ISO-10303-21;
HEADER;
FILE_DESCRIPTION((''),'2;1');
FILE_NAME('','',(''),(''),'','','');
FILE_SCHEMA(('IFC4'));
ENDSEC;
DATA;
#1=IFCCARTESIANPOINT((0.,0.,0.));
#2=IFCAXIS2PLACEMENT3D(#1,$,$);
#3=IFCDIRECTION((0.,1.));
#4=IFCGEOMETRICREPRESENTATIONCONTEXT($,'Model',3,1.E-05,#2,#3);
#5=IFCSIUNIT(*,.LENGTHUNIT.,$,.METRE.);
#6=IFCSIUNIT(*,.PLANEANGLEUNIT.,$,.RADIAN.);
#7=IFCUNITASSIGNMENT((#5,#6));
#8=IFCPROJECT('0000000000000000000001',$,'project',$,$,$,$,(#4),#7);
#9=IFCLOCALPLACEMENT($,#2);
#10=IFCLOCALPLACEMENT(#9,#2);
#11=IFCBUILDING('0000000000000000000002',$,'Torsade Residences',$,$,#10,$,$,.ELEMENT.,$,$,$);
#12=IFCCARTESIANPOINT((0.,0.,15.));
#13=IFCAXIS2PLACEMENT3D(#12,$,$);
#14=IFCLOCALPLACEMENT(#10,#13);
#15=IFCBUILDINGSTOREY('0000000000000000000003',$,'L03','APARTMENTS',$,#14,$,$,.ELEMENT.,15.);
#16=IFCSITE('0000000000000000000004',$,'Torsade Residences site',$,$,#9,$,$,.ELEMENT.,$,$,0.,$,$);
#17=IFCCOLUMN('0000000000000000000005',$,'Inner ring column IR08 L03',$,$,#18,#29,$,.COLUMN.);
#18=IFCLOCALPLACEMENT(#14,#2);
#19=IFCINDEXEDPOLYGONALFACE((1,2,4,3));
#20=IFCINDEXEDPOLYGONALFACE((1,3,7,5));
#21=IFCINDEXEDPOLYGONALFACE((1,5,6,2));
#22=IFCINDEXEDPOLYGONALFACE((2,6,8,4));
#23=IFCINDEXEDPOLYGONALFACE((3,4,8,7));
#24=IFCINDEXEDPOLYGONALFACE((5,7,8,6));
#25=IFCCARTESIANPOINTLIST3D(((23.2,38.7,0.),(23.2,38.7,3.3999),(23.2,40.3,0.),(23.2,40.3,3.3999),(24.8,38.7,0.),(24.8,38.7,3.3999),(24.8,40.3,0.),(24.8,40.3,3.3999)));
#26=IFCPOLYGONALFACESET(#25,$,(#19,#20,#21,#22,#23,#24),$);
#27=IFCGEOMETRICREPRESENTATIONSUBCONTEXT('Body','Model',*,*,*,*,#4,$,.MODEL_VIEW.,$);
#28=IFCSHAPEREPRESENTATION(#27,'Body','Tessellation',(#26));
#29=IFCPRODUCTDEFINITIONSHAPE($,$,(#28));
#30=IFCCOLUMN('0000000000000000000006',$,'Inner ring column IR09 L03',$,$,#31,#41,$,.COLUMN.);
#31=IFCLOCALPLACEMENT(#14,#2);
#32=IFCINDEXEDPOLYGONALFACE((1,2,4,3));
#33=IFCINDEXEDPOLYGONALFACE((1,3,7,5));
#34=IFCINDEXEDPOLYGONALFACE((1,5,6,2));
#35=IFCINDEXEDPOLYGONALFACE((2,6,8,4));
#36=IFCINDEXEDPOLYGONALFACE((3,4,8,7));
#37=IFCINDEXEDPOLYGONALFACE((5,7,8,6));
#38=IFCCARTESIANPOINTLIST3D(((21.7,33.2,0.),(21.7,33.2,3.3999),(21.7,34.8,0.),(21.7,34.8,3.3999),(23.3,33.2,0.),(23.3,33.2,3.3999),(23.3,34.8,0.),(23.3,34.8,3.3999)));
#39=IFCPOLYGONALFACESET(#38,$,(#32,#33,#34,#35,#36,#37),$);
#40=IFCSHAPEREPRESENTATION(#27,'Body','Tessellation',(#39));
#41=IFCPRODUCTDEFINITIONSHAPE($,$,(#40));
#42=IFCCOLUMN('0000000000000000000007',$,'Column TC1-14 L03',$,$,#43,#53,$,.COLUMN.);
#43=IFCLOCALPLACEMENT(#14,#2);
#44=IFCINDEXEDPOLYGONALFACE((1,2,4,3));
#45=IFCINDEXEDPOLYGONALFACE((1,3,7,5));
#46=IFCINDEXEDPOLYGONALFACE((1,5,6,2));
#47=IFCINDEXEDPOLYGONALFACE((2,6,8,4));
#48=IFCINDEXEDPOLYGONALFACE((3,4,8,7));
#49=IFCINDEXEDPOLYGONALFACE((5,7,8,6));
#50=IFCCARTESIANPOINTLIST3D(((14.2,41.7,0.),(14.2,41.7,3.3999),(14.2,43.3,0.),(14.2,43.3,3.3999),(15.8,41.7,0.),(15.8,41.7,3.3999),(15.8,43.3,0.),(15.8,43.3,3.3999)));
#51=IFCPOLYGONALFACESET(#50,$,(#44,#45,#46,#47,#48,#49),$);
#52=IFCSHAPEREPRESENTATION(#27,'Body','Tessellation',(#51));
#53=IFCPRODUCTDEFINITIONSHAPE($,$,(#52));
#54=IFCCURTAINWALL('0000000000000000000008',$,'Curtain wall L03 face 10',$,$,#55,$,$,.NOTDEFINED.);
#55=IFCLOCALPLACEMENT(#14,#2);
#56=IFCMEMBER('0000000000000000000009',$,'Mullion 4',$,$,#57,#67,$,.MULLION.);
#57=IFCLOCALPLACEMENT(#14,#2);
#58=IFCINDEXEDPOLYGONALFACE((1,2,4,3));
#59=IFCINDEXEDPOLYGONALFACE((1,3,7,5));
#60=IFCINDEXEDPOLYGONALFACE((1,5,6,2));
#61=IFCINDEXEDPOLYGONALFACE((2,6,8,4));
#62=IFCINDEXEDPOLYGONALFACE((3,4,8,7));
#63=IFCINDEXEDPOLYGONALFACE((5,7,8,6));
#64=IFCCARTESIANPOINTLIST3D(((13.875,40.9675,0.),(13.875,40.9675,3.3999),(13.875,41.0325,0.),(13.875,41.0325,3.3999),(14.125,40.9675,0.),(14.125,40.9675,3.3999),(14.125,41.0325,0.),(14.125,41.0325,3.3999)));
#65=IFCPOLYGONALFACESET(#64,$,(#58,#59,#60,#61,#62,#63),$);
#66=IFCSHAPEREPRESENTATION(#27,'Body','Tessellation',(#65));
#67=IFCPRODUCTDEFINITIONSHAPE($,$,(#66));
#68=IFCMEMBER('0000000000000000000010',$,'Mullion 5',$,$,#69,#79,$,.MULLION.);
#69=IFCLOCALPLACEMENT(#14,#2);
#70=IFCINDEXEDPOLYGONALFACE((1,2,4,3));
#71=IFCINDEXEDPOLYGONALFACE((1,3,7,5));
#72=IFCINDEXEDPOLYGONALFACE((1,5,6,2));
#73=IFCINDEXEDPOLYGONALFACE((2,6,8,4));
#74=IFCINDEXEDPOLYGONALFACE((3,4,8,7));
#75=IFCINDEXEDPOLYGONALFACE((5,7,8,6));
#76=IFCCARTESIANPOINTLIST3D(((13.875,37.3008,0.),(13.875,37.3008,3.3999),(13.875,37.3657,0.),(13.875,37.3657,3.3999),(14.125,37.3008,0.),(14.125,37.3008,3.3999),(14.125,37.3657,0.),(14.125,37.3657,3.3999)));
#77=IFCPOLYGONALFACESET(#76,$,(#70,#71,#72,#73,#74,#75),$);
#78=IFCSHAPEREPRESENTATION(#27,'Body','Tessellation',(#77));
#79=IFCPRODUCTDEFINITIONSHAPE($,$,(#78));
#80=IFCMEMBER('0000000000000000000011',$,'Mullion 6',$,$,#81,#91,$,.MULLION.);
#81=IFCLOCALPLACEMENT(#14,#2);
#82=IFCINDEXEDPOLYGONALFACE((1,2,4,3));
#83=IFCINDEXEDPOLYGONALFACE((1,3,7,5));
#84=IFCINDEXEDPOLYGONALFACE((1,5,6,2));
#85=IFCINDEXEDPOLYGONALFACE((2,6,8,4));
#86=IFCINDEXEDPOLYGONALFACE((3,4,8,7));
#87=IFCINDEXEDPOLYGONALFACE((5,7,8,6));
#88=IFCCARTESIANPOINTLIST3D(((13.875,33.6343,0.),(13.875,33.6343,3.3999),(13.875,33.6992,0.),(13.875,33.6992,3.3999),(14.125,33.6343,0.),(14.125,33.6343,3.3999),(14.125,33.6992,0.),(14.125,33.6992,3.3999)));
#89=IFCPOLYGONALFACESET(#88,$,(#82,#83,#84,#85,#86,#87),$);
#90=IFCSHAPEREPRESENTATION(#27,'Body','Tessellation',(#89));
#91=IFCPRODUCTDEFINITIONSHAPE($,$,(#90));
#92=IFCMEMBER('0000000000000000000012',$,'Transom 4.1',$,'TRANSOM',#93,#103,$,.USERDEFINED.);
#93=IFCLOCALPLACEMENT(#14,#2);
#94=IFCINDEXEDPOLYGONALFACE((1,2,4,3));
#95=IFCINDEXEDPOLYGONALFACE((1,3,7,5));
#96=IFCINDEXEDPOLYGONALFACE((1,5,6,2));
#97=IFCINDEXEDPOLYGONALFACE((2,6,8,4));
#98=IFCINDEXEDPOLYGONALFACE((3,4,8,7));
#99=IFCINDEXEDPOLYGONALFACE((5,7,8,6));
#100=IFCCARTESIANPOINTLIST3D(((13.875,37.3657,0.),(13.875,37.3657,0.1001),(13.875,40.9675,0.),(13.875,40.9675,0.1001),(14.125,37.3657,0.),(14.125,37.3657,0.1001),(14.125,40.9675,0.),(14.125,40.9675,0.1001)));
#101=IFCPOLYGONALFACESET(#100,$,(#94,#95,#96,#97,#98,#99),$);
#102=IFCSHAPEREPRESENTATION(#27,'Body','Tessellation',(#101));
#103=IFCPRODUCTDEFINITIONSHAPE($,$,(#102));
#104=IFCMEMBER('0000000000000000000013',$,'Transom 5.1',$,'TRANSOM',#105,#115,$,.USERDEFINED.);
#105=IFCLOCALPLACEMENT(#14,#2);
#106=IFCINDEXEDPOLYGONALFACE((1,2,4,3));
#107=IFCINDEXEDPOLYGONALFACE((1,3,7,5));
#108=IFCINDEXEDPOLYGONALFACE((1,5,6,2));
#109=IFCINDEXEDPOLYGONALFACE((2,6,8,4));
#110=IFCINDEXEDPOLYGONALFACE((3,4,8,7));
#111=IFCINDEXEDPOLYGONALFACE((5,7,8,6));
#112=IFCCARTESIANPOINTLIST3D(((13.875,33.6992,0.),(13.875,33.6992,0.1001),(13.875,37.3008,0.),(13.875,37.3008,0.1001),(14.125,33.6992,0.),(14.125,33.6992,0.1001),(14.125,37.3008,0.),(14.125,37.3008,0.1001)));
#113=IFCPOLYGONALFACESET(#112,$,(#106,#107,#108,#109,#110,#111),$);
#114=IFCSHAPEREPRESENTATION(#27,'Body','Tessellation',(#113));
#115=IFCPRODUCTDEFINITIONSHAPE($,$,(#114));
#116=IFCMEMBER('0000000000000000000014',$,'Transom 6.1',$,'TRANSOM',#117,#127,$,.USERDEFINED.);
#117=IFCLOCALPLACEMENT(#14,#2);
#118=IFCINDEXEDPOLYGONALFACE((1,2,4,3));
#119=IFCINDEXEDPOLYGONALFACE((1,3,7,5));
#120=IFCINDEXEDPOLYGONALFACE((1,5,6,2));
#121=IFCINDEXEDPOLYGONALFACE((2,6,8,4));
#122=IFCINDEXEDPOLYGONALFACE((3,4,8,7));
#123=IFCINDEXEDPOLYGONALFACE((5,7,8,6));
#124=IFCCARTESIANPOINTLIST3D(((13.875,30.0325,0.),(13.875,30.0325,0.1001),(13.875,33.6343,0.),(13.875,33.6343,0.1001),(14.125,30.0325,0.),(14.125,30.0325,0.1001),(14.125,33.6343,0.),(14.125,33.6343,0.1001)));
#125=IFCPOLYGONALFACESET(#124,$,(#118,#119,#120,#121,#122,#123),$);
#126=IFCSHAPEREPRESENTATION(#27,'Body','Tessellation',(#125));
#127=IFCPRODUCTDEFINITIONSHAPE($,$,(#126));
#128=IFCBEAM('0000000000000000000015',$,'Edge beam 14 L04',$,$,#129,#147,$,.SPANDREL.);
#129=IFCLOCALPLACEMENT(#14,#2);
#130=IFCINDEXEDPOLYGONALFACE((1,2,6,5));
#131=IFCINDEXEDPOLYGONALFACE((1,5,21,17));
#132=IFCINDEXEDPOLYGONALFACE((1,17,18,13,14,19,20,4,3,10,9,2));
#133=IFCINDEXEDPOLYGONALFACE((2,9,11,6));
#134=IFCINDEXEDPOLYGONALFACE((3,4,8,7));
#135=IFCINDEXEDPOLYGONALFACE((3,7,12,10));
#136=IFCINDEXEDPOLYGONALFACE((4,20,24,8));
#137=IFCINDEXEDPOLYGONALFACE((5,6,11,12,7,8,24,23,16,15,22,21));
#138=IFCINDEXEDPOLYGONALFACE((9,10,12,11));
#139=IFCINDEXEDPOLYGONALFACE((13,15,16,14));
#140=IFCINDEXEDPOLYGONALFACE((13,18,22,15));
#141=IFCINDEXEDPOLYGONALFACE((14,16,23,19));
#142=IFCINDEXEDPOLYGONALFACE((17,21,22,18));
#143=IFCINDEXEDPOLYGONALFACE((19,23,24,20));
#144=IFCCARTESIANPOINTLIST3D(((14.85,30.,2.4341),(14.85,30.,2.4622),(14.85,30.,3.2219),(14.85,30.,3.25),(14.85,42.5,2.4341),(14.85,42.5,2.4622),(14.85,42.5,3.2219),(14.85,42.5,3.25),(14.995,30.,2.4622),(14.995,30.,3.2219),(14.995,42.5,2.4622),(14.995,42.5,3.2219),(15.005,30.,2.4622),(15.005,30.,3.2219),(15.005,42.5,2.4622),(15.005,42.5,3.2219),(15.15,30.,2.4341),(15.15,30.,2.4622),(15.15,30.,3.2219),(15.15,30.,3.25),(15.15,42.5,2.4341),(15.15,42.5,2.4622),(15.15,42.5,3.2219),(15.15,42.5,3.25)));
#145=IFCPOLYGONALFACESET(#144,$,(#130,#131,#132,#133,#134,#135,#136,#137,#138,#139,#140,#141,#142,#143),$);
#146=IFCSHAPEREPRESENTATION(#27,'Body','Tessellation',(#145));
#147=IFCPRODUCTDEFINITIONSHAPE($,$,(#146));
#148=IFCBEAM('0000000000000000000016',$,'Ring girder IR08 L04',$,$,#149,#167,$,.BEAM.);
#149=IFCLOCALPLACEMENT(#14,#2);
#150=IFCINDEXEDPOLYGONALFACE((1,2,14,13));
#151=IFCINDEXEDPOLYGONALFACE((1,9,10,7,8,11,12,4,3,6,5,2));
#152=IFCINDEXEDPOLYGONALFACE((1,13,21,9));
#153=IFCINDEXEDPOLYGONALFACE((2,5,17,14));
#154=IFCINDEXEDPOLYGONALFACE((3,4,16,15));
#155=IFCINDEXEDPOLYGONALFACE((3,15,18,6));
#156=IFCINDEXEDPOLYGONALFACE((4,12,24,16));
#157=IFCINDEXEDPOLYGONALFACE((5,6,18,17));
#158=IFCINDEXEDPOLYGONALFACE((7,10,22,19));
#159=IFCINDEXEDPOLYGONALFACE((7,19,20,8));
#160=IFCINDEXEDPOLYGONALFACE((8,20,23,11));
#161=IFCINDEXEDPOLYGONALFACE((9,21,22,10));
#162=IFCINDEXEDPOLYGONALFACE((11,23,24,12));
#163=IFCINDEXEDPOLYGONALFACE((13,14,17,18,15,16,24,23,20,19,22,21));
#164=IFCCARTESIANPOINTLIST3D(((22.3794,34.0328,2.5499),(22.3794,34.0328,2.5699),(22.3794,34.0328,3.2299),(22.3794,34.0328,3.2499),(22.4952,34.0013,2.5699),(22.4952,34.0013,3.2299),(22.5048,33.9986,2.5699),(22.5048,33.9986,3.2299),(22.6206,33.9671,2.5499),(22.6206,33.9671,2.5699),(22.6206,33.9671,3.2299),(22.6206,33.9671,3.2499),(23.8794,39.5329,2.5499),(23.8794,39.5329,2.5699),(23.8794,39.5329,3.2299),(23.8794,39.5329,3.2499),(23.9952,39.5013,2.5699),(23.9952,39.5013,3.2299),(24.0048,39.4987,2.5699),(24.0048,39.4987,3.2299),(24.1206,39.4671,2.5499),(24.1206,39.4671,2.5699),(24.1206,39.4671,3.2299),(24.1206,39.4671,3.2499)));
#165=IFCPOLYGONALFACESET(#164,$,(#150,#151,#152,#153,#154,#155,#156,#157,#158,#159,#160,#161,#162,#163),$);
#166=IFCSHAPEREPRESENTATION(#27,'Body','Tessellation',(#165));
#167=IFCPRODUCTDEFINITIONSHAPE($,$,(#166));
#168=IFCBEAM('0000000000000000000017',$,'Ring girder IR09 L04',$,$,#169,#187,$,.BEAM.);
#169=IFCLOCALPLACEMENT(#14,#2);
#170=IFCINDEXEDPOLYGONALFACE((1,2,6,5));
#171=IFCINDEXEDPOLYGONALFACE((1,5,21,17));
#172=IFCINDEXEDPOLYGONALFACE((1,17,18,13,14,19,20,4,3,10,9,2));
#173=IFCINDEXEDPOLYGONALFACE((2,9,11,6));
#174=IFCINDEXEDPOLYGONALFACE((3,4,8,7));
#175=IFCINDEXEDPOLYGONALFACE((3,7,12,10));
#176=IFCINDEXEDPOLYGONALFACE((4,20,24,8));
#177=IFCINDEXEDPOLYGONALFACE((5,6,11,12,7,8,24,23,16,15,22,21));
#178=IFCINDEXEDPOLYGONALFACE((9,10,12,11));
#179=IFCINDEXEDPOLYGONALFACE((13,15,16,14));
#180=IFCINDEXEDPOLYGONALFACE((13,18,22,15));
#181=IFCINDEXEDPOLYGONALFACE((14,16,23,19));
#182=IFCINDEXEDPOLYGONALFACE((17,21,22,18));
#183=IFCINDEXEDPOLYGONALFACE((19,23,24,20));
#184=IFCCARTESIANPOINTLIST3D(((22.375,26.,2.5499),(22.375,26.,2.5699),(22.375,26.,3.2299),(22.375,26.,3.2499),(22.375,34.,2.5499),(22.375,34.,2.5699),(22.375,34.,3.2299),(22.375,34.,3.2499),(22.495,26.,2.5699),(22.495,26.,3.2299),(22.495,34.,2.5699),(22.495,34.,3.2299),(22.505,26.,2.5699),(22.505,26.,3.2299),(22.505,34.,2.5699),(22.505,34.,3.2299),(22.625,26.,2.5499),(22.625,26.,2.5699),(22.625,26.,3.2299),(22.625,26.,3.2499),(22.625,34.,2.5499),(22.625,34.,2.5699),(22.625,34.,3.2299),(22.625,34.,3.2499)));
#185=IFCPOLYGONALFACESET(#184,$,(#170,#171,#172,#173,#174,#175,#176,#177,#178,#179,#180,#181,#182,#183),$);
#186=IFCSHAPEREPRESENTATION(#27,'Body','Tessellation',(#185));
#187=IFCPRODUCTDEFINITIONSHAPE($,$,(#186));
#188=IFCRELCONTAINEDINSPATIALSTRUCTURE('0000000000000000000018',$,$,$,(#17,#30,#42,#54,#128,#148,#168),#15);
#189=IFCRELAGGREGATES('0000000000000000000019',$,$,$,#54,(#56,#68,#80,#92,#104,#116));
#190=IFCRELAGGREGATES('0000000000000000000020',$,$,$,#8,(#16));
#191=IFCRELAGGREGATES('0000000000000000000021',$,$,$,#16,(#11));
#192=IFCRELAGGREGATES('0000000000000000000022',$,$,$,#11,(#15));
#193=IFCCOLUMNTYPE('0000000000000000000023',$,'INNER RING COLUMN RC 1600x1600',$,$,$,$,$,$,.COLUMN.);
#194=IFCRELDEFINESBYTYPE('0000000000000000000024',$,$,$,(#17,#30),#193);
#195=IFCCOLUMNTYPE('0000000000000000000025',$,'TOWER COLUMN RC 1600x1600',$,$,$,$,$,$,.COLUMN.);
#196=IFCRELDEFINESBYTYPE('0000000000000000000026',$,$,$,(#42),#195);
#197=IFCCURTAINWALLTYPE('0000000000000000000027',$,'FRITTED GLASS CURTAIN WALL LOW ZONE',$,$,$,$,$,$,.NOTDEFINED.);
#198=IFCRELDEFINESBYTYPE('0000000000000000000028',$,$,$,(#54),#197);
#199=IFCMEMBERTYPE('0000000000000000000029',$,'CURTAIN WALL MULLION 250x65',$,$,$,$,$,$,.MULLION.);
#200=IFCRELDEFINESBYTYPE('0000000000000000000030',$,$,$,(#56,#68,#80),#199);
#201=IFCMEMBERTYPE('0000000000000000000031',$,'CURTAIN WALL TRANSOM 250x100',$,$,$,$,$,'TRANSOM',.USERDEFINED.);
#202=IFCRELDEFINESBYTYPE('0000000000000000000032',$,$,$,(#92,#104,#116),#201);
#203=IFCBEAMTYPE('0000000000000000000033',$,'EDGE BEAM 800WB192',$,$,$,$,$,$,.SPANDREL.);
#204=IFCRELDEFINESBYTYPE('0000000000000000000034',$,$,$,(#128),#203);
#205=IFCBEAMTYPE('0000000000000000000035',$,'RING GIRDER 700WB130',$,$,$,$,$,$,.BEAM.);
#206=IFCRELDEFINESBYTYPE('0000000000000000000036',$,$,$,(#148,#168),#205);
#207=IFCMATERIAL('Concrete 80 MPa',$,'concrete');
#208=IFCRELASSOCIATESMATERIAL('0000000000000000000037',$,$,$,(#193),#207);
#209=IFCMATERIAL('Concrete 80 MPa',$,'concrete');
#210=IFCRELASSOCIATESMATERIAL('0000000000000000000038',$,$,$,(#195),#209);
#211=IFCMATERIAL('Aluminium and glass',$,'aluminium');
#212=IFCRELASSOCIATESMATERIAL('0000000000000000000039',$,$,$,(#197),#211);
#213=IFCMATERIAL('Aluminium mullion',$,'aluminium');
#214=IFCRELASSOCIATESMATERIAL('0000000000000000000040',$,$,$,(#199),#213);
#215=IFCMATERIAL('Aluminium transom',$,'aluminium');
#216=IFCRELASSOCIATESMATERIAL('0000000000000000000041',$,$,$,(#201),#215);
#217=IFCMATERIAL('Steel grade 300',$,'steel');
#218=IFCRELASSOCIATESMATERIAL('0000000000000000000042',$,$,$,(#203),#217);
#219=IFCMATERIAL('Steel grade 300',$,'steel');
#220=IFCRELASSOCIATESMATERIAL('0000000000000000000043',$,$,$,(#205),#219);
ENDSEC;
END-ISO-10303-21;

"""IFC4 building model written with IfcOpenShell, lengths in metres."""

from ifc_helpers import new_model, si_unit, direction, frame, origin, origin_2d, place, context, subcontext, project, spatial, rectangle, i_section, extrude, material, material_profile, profile_set, type_object, element, aggregate, save


model = new_model("IFC4")

# Units and contexts
model_context = context("Model", 3, precision=1e-05, world=origin(), true_north=direction((0.0, 1.0)))
body_context = subcontext(model_context, "Body", "Model", "MODEL_VIEW")
ifc_project = project(units=[si_unit("LENGTHUNIT", "METRE"), si_unit("PLANEANGLEUNIT", "RADIAN")], contexts=[model_context])

# Site, building, storey
site_placement = place(None, origin())
site = spatial("IfcSite", under=ifc_project, at=site_placement, Name="Torsade Residences site", CompositionType="ELEMENT", RefElevation=0.0)
building_placement = place(site_placement, origin())
building = spatial("IfcBuilding", under=site, at=building_placement, Name="Torsade Residences", CompositionType="ELEMENT")
storey_placement = place(building_placement, frame((0.0, 0.0, 15.0)))
storey = spatial("IfcBuildingStorey", under=building, at=storey_placement, Name="L03", Description="APARTMENTS", CompositionType="ELEMENT", Elevation=15.0)

# Columns
ifc_material_1 = material(Name="Concrete 80 MPa", Category="concrete")
ifc_material_profile_1 = material_profile(ifc_material_1, rectangle(XDim=1.6001, YDim=1.6001, at=origin_2d()), Name="RC 1600x1600")
ifc_profile_set_1 = profile_set([ifc_material_profile_1], Name="Concrete 80 MPa")
column_type_1 = type_object("IfcColumnType", Name="INNER RING COLUMN RC 1600x1600", PredefinedType="COLUMN", material=ifc_profile_set_1)
for number, where, z_axis, x_axis, name in (
    (1, (24.0, 39.5, 0.0), (0.0, 0.0, 1.0), (1.0, 0.0, 0.0), "Inner ring column IR08 L03"),
    (2, (22.5, 34.0, 0.0), (0.0, 0.0, 1.0), (1.0, 0.0, 0.0), "Inner ring column IR09 L03"),
):
    element("IfcColumn", number, at=place(storey_placement, frame(where, z_axis=z_axis, x_axis=x_axis)), inside=storey, type_object=column_type_1, Name=name, PredefinedType="COLUMN", context=body_context, shape_type="SweptSolid", body=[
        extrude(rectangle(XDim=1.6001, YDim=1.6001, at=origin_2d()), origin(), (0.0, 0.0, 1.0), 3.3999),
    ])
ifc_material_2 = material(Name="Concrete 80 MPa", Category="concrete")
ifc_material_profile_2 = material_profile(ifc_material_2, rectangle(XDim=1.6001, YDim=1.6001, at=origin_2d()), Name="RC 1600x1600")
ifc_profile_set_2 = profile_set([ifc_material_profile_2], Name="Concrete 80 MPa")
column_type_2 = type_object("IfcColumnType", Name="TOWER COLUMN RC 1600x1600", PredefinedType="COLUMN", material=ifc_profile_set_2)
column_placement = place(storey_placement, frame((15.0, 42.5, 0.0), z_axis=(0.0, 0.0, 1.0), x_axis=(1.0, 0.0, 0.0)))
element("IfcColumn", 3, at=column_placement, inside=storey, type_object=column_type_2, Name="Column TC1-14 L03", PredefinedType="COLUMN", context=body_context, shape_type="SweptSolid", body=[
    extrude(rectangle(XDim=1.6001, YDim=1.6001, at=origin_2d()), origin(), (0.0, 0.0, 1.0), 3.3999),
])

# Curtain wall, members
ifc_material_3 = material(Name="Aluminium and glass", Category="aluminium")
curtain_wall_type = type_object("IfcCurtainWallType", Name="FRITTED GLASS CURTAIN WALL LOW ZONE", PredefinedType="NOTDEFINED", material=ifc_material_3)
curtain_wall_placement = place(storey_placement, origin())
curtain_wall = element("IfcCurtainWall", 4, at=curtain_wall_placement, inside=storey, type_object=curtain_wall_type, Name="Curtain wall L03 face 10", PredefinedType="NOTDEFINED")
ifc_material_4 = material(Name="Aluminium mullion", Category="aluminium")
ifc_material_profile_3 = material_profile(ifc_material_4, rectangle(XDim=0.25, YDim=0.0649, at=origin_2d()), Name="CURTAIN WALL MULLION 250x65")
ifc_profile_set_3 = profile_set([ifc_material_profile_3], Name="Aluminium mullion")
member_type_1 = type_object("IfcMemberType", Name="CURTAIN WALL MULLION 250x65", PredefinedType="MULLION", material=ifc_profile_set_3)
member_1_placement = place(storey_placement, frame((14.0, 41.0, 0.0), z_axis=(0.0, 0.0, 1.0), x_axis=(1.0, 0.0, 0.0)))
member_1 = element("IfcMember", 5, at=member_1_placement, type_object=member_type_1, Name="Mullion 4", PredefinedType="MULLION", context=body_context, shape_type="SweptSolid", body=[
    extrude(rectangle(XDim=0.25, YDim=0.0649, at=origin_2d()), origin(), (0.0, 0.0, 1.0), 3.3999),
])
member_2_placement = place(storey_placement, frame((14.0, 37.3333, 0.0), z_axis=(0.0, 0.0, 1.0), x_axis=(1.0, 0.0, 0.0)))
member_2 = element("IfcMember", 6, at=member_2_placement, type_object=member_type_1, Name="Mullion 5", PredefinedType="MULLION", context=body_context, shape_type="SweptSolid", body=[
    extrude(rectangle(XDim=0.25, YDim=0.0649, at=origin_2d()), origin(), (0.0, 0.0, 1.0), 3.3999),
])
member_3_placement = place(storey_placement, frame((14.0, 33.6667, 0.0), z_axis=(0.0, 0.0, 1.0), x_axis=(1.0, 0.0, 0.0)))
member_3 = element("IfcMember", 7, at=member_3_placement, type_object=member_type_1, Name="Mullion 6", PredefinedType="MULLION", context=body_context, shape_type="SweptSolid", body=[
    extrude(rectangle(XDim=0.25, YDim=0.0649, at=origin_2d()), origin(), (0.0, 0.0, 1.0), 3.3999),
])
ifc_material_5 = material(Name="Aluminium transom", Category="aluminium")
ifc_material_profile_4 = material_profile(ifc_material_5, rectangle(XDim=0.25, YDim=0.1001, at=origin_2d()), Name="CURTAIN WALL TRANSOM 250x100")
ifc_profile_set_4 = profile_set([ifc_material_profile_4], Name="Aluminium transom")
member_type_2 = type_object("IfcMemberType", Name="CURTAIN WALL TRANSOM 250x100", ElementType="TRANSOM", PredefinedType="USERDEFINED", material=ifc_profile_set_4)
member_4_placement = place(storey_placement, frame((14.0, 40.9675, 0.05), z_axis=(0.0, -1.0, 0.0), x_axis=(1.0, 0.0, 0.0)))
member_4 = element("IfcMember", 8, at=member_4_placement, type_object=member_type_2, Name="Transom 4.1", ObjectType="TRANSOM", PredefinedType="USERDEFINED", context=body_context, shape_type="SweptSolid", body=[
    extrude(rectangle(XDim=0.25, YDim=0.1001, at=origin_2d()), origin(), (0.0, 0.0, 1.0), 3.6018),
])
member_5_placement = place(storey_placement, frame((14.0, 37.3008, 0.05), z_axis=(0.0, -1.0, 0.0), x_axis=(1.0, 0.0, 0.0)))
member_5 = element("IfcMember", 9, at=member_5_placement, type_object=member_type_2, Name="Transom 5.1", ObjectType="TRANSOM", PredefinedType="USERDEFINED", context=body_context, shape_type="SweptSolid", body=[
    extrude(rectangle(XDim=0.25, YDim=0.1001, at=origin_2d()), origin(), (0.0, 0.0, 1.0), 3.6016),
])
member_6_placement = place(storey_placement, frame((14.0, 33.6343, 0.05), z_axis=(0.0, -1.0, 0.0), x_axis=(1.0, 0.0, 0.0)))
member_6 = element("IfcMember", 10, at=member_6_placement, type_object=member_type_2, Name="Transom 6.1", ObjectType="TRANSOM", PredefinedType="USERDEFINED", context=body_context, shape_type="SweptSolid", body=[
    extrude(rectangle(XDim=0.25, YDim=0.1001, at=origin_2d()), origin(), (0.0, 0.0, 1.0), 3.6018),
])

# Beams
ifc_material_6 = material(Name="Steel grade 300", Category="steel")
ifc_material_profile_5 = material_profile(ifc_material_6, i_section(OverallWidth=0.3, OverallDepth=0.8159, WebThickness=0.01, FlangeThickness=0.0281, at=origin_2d()), Name="800WB192")
ifc_profile_set_5 = profile_set([ifc_material_profile_5], Name="Steel grade 300")
beam_type_1 = type_object("IfcBeamType", Name="EDGE BEAM 800WB192", PredefinedType="SPANDREL", material=ifc_profile_set_5)
beam_1_placement = place(storey_placement, frame((15.0, 42.5, 2.842), z_axis=(0.0, -1.0, 0.0), x_axis=(1.0, 0.0, 0.0)))
element("IfcBeam", 11, at=beam_1_placement, inside=storey, type_object=beam_type_1, Name="Edge beam 14 L04", PredefinedType="SPANDREL", context=body_context, shape_type="SweptSolid", body=[
    extrude(i_section(OverallWidth=0.3, OverallDepth=0.8159, WebThickness=0.01, FlangeThickness=0.0281, at=origin_2d()), origin(), (0.0, 0.0, 1.0), 12.5),
])
ifc_material_7 = material(Name="Steel grade 300", Category="steel")
ifc_material_profile_6 = material_profile(ifc_material_7, i_section(OverallWidth=0.25, OverallDepth=0.7, WebThickness=0.01, FlangeThickness=0.02, at=origin_2d()), Name="700WB130")
ifc_profile_set_6 = profile_set([ifc_material_profile_6], Name="Steel grade 300")
beam_type_2 = type_object("IfcBeamType", Name="RING GIRDER 700WB130", PredefinedType="BEAM", material=ifc_profile_set_6)
beam_2_placement = place(storey_placement, frame((24.0, 39.5, 2.8999), z_axis=(-0.263117, -0.964764, 0.0), x_axis=(0.964764, -0.263117, 0.0)))
element("IfcBeam", 12, at=beam_2_placement, inside=storey, type_object=beam_type_2, Name="Ring girder IR08 L04", PredefinedType="BEAM", context=body_context, shape_type="SweptSolid", body=[
    extrude(i_section(OverallWidth=0.25, OverallDepth=0.7, WebThickness=0.01, FlangeThickness=0.02, at=origin_2d()), origin(), (0.0, 0.0, 1.0), 5.7009),
])
beam_3_placement = place(storey_placement, frame((22.5, 34.0, 2.8999), z_axis=(0.0, -1.0, 0.0), x_axis=(1.0, 0.0, 0.0)))
element("IfcBeam", 13, at=beam_3_placement, inside=storey, type_object=beam_type_2, Name="Ring girder IR09 L04", PredefinedType="BEAM", context=body_context, shape_type="SweptSolid", body=[
    extrude(i_section(OverallWidth=0.25, OverallDepth=0.7, WebThickness=0.01, FlangeThickness=0.02, at=origin_2d()), origin(), (0.0, 0.0, 1.0), 8.0),
])

aggregate(curtain_wall, [member_1, member_2, member_3, member_4, member_5, member_6])

save(model, "model.ifc")
